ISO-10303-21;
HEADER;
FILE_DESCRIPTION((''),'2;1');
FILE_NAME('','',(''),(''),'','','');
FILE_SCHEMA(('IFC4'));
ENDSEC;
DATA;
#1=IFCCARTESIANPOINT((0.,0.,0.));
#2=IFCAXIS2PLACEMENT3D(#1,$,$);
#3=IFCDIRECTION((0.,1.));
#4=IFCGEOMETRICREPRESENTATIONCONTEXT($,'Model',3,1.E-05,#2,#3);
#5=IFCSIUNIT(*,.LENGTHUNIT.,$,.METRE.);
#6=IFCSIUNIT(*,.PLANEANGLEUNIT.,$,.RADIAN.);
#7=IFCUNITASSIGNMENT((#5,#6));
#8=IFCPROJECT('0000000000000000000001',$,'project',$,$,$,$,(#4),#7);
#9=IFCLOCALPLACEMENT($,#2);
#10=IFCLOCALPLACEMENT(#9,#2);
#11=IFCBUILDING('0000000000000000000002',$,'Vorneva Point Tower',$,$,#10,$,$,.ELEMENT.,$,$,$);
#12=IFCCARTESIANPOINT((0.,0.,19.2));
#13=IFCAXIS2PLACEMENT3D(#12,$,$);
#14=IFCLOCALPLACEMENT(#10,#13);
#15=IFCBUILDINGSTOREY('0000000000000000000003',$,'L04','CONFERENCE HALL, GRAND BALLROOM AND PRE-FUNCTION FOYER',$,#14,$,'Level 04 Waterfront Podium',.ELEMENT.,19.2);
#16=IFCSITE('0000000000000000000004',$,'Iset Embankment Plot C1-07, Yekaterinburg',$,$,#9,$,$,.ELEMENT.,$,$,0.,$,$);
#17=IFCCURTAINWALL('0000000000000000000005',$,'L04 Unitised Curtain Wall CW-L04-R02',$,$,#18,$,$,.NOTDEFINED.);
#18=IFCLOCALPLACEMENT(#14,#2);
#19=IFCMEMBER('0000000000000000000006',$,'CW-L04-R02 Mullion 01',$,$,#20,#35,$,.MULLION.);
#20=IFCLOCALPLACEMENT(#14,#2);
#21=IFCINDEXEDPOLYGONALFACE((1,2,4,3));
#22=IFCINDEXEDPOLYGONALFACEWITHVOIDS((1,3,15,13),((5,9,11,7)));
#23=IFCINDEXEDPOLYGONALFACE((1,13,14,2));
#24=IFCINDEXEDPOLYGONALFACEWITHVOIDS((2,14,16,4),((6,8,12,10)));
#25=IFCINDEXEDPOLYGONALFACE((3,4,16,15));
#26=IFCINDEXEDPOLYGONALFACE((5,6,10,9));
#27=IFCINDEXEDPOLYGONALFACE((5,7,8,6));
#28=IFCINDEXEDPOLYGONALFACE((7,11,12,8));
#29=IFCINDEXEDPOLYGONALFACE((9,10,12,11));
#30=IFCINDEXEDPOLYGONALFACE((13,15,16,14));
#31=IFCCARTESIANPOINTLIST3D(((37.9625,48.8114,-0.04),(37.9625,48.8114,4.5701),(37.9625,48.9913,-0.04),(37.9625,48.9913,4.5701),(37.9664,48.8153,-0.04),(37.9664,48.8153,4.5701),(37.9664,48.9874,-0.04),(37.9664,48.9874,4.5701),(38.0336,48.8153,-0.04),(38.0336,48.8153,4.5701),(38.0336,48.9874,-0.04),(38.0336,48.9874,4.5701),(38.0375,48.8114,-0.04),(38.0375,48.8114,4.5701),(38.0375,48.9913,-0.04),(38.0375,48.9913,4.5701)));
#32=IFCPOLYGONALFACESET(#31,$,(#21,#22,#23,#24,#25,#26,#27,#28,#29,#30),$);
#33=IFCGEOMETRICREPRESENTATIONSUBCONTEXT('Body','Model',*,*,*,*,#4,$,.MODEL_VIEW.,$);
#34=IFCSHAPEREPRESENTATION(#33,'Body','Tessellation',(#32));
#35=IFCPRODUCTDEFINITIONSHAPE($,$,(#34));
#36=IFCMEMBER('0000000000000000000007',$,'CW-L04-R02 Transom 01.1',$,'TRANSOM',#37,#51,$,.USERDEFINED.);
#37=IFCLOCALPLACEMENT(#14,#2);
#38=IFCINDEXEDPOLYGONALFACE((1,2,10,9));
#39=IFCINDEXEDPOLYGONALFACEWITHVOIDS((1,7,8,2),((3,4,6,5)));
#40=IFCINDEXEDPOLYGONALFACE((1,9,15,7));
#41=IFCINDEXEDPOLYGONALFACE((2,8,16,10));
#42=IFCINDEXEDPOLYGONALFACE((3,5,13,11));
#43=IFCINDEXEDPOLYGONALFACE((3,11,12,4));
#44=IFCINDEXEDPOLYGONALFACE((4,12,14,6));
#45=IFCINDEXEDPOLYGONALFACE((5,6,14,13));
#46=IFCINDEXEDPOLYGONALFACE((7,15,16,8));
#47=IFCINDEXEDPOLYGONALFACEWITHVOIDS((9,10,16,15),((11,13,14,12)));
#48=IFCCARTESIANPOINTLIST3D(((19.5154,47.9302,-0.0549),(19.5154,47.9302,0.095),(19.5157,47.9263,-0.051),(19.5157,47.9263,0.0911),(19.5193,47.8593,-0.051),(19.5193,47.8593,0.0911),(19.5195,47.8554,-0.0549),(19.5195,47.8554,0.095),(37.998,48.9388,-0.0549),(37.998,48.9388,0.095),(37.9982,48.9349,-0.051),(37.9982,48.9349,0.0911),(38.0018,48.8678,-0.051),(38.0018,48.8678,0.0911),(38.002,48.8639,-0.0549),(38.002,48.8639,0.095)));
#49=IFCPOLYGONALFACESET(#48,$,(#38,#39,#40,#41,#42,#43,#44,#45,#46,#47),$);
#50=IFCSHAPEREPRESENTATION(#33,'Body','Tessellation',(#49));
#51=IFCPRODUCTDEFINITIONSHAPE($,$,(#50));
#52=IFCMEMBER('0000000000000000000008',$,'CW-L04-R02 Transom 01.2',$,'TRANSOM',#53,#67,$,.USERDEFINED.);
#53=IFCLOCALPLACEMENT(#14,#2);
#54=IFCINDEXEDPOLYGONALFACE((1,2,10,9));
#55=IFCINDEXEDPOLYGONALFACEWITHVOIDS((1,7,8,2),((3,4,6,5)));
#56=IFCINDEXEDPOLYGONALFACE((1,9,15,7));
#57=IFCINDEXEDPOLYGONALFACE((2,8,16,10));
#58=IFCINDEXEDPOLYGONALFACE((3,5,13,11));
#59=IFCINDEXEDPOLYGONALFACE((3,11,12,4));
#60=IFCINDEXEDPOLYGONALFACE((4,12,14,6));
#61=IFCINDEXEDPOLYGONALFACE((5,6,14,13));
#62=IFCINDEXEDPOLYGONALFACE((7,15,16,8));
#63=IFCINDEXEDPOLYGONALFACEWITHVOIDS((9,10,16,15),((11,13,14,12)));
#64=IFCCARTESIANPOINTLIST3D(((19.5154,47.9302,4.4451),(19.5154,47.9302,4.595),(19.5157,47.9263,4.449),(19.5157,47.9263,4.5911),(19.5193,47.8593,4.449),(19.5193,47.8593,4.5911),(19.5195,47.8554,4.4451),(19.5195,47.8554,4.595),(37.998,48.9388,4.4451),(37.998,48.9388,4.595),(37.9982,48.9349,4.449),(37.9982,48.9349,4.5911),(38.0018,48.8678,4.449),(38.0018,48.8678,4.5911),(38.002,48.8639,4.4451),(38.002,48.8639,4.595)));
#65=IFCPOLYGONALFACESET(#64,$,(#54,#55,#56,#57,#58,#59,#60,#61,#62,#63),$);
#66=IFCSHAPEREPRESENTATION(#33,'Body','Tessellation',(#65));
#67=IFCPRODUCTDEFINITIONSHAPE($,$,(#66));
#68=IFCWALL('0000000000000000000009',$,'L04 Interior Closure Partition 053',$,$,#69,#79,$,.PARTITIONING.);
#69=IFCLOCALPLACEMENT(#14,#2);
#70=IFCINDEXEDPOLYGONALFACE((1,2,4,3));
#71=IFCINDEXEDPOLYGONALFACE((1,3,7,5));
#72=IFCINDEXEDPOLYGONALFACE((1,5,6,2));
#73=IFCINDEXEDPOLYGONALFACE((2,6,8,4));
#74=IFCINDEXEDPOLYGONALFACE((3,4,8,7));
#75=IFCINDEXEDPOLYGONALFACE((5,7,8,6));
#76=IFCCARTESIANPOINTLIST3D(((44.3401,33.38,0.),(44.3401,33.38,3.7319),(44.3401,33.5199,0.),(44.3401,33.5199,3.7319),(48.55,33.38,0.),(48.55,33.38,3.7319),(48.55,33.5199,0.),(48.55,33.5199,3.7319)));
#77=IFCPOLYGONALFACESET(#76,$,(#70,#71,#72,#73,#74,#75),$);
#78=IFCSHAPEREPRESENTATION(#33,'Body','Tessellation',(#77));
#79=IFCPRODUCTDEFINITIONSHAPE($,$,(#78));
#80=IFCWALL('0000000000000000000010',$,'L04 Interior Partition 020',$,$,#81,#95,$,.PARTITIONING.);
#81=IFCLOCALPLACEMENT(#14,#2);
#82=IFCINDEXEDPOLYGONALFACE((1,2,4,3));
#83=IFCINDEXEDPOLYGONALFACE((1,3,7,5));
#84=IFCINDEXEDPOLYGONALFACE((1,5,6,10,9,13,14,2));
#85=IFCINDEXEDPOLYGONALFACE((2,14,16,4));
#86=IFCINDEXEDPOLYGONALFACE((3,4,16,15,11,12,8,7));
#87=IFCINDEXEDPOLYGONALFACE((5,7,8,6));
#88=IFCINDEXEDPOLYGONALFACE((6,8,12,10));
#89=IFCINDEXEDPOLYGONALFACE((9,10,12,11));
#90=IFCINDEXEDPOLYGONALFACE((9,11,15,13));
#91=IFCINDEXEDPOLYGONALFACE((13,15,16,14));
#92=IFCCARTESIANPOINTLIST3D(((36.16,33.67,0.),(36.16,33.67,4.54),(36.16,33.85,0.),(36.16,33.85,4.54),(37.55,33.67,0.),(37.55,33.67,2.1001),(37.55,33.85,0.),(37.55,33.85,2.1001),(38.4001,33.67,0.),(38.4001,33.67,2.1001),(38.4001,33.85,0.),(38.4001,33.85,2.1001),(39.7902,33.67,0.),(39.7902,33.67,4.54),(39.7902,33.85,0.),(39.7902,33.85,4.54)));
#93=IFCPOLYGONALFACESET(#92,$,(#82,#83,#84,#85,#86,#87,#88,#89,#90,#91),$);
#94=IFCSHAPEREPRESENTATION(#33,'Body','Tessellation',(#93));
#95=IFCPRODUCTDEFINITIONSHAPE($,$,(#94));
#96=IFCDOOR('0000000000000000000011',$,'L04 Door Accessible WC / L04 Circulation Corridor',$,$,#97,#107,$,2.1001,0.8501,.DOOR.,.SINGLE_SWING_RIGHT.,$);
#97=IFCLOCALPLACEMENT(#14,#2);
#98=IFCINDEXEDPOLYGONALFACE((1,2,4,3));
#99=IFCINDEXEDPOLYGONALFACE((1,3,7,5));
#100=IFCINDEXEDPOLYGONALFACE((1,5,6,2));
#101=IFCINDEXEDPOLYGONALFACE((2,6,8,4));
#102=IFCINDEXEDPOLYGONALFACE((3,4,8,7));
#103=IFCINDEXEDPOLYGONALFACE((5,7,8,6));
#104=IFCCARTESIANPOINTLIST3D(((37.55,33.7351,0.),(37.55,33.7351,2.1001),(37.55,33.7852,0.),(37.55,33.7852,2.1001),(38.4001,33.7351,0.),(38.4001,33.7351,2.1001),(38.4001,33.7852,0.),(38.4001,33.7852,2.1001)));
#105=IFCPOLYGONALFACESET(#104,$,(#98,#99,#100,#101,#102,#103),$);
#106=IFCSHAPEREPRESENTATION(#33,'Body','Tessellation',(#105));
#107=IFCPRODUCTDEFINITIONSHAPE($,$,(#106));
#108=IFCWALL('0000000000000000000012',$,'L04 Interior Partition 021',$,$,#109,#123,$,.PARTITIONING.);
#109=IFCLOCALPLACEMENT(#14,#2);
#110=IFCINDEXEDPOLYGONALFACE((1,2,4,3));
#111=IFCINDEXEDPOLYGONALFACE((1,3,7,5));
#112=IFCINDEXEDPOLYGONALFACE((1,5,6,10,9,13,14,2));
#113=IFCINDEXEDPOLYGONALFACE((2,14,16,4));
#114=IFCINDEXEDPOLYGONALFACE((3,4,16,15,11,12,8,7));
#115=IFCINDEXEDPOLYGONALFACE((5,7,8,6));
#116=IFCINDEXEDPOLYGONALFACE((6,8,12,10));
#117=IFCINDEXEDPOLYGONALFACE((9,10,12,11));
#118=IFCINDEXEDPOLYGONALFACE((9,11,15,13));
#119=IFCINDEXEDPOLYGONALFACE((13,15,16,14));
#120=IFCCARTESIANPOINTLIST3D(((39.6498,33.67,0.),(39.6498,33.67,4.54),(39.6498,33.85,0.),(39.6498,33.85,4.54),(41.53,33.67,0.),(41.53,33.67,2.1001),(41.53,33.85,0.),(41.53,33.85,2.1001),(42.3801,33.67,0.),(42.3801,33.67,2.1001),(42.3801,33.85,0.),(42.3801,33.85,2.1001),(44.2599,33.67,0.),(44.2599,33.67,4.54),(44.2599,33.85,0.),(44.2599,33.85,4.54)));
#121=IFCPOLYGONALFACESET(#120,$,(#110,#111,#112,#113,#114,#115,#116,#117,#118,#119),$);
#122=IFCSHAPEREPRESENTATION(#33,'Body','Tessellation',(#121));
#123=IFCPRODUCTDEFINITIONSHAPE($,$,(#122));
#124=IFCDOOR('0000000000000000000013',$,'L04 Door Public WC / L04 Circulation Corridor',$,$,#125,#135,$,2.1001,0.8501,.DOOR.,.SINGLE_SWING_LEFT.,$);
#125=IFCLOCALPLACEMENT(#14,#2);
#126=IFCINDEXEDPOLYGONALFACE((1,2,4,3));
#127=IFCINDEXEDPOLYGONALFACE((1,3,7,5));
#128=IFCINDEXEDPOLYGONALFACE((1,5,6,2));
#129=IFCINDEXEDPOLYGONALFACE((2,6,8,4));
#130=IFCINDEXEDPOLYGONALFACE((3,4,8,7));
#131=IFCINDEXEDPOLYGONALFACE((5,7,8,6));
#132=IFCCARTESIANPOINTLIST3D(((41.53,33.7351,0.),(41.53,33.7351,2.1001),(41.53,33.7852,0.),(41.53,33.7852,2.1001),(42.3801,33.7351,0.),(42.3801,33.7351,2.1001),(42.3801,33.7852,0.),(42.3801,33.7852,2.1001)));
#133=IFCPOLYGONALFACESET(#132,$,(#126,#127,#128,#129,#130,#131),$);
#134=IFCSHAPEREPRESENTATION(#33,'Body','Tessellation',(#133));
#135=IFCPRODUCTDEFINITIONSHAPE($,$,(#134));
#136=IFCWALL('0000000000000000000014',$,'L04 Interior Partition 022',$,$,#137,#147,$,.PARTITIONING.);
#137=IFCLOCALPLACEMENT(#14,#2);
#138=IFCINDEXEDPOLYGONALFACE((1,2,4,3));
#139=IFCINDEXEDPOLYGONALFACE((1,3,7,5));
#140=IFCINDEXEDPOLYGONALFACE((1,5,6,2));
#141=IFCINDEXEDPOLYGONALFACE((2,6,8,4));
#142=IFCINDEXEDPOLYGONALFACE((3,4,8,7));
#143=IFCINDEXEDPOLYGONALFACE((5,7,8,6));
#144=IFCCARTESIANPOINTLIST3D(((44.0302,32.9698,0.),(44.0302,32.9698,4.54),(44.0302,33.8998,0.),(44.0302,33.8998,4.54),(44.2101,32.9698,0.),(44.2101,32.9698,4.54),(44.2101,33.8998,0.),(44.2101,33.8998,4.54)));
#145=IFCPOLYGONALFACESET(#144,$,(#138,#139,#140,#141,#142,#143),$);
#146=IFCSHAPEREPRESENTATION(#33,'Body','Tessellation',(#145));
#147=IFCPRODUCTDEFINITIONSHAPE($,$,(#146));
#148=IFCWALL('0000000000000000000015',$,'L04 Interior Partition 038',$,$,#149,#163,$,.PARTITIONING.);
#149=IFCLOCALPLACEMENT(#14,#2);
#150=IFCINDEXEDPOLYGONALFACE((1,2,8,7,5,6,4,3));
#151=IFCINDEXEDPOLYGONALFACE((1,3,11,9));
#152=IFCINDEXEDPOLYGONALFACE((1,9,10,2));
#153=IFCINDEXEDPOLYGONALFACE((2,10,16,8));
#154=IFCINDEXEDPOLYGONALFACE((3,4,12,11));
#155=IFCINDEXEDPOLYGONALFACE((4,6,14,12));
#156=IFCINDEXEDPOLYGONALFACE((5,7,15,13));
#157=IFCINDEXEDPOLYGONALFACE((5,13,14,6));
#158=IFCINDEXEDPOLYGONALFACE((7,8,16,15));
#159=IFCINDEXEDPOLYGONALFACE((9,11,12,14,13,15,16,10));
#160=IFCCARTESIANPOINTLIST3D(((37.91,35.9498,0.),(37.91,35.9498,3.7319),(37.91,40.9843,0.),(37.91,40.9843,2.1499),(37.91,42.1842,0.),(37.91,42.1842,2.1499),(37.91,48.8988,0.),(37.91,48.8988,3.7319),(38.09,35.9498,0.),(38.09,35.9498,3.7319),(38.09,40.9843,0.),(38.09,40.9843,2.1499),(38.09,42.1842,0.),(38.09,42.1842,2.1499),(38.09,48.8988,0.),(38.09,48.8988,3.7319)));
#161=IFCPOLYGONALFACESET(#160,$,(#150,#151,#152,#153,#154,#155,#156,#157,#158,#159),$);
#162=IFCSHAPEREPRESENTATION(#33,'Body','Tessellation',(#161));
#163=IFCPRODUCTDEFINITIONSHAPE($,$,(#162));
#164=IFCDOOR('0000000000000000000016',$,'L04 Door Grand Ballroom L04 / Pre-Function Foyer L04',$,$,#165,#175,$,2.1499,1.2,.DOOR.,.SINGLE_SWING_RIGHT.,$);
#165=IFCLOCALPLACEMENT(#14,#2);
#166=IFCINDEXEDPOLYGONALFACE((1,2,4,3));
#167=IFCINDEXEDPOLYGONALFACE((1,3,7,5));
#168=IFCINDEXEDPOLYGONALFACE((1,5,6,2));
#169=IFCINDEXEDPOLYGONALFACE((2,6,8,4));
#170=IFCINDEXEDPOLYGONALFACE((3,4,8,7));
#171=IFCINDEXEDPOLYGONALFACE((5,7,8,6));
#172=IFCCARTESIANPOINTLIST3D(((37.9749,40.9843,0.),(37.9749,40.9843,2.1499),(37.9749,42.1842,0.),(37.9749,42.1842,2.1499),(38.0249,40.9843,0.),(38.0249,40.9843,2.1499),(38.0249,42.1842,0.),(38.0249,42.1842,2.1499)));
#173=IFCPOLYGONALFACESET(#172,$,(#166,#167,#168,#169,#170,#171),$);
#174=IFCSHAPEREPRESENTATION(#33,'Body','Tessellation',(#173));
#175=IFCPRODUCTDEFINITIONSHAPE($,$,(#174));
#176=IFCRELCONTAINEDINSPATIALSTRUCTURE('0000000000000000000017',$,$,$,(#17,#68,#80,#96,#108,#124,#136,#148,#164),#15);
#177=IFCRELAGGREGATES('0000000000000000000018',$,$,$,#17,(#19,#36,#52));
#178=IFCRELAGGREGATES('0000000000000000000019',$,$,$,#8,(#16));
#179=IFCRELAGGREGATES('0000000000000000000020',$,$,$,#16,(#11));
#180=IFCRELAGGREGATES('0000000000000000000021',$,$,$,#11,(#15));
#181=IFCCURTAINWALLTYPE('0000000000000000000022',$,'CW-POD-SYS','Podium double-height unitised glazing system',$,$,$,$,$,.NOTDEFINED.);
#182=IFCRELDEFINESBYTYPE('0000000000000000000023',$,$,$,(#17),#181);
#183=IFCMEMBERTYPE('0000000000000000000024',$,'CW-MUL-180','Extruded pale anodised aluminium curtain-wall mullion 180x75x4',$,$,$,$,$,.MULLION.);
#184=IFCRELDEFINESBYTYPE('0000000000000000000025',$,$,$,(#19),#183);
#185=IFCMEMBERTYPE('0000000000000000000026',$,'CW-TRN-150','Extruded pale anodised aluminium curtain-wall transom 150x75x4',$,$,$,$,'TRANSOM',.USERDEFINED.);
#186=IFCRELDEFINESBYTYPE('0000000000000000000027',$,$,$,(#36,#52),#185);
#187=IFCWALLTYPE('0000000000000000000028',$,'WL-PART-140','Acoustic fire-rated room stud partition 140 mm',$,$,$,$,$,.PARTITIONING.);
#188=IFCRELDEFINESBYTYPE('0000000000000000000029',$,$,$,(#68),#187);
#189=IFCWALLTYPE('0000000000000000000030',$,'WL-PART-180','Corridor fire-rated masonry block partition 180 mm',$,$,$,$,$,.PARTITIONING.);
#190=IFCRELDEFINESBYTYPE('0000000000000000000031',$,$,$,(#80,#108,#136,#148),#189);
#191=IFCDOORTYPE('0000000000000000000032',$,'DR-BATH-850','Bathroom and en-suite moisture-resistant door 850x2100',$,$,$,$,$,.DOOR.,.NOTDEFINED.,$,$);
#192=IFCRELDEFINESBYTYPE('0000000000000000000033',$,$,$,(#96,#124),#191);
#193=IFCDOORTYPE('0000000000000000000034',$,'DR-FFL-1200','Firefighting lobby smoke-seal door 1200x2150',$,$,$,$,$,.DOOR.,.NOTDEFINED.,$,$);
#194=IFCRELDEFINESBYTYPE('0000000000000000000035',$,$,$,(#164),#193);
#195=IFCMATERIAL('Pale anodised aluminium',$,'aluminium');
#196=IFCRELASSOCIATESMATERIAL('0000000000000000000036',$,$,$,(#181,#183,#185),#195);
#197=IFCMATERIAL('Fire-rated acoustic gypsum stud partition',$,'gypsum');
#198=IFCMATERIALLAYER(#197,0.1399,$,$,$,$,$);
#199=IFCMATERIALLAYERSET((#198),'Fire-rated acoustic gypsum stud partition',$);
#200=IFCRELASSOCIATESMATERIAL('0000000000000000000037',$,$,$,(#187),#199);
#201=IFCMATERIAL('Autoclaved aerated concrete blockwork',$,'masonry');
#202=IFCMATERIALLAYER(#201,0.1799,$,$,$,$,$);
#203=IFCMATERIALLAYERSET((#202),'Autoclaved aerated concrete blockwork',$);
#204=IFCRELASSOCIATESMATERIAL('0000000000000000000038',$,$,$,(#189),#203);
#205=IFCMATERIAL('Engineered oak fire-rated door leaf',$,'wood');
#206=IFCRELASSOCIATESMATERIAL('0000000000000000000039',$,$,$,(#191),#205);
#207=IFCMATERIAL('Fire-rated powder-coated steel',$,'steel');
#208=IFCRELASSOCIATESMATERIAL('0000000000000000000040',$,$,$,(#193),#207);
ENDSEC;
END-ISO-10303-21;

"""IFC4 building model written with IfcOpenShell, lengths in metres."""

from ifc_helpers import new_model, si_unit, direction, frame, frame_2d, origin, origin_2d, place, context, subcontext, project, spatial, rectangle, hollow_rectangle, extrude, material, layer, layer_set, material_profile, profile_set, type_object, element, fill, aggregate, save


model = new_model("IFC4")

# Units and contexts
model_context = context("Model", 3, precision=1e-05, world=origin(), true_north=direction((0.0, 1.0)))
body_context = subcontext(model_context, "Body", "Model", "MODEL_VIEW")
ifc_project = project(units=[si_unit("LENGTHUNIT", "METRE"), si_unit("PLANEANGLEUNIT", "RADIAN")], contexts=[model_context])

# Site, building, storey
site_placement = place(None, origin())
site = spatial("IfcSite", under=ifc_project, at=site_placement, Name="Iset Embankment Plot C1-07, Yekaterinburg", CompositionType="ELEMENT", RefElevation=0.0)
building_placement = place(site_placement, origin())
building = spatial("IfcBuilding", under=site, at=building_placement, Name="Vorneva Point Tower", CompositionType="ELEMENT")
storey_placement = place(building_placement, frame((0.0, 0.0, 19.2)))
storey = spatial("IfcBuildingStorey", under=building, at=storey_placement, Name="L04", Description="CONFERENCE HALL, GRAND BALLROOM AND PRE-FUNCTION FOYER", LongName="Level 04 Waterfront Podium", CompositionType="ELEMENT", Elevation=19.2)

# Curtain wall, members
ifc_material_1 = material(Name="Pale anodised aluminium", Category="aluminium")
curtain_wall_type = type_object("IfcCurtainWallType", Name="CW-POD-SYS", Description="Podium double-height unitised glazing system", PredefinedType="NOTDEFINED", material=ifc_material_1)
curtain_wall_placement = place(storey_placement, origin())
curtain_wall = element("IfcCurtainWall", 1, at=curtain_wall_placement, inside=storey, type_object=curtain_wall_type, Name="L04 Unitised Curtain Wall CW-L04-R02", PredefinedType="NOTDEFINED")
ifc_material_profile_1 = material_profile(ifc_material_1, hollow_rectangle(XDim=0.075, YDim=0.1799, WallThickness=0.0039, at=origin_2d()), Name="AL-MUL 180x75x4")
ifc_profile_set_1 = profile_set([ifc_material_profile_1], Name="Pale anodised aluminium")
member_type_1 = type_object("IfcMemberType", Name="CW-MUL-180", Description="Extruded pale anodised aluminium curtain-wall mullion 180x75x4", PredefinedType="MULLION", material=ifc_profile_set_1)
member_1_placement = place(storey_placement, frame((38.0, 48.9014, -0.04), z_axis=(0.0, 0.0, 1.0), x_axis=(1.0, 0.0, 0.0)))
member_1 = element("IfcMember", 2, at=member_1_placement, type_object=member_type_1, Name="CW-L04-R02 Mullion 01", PredefinedType="MULLION", context=body_context, shape_type="SweptSolid", body=[
    extrude(hollow_rectangle(XDim=0.075, YDim=0.1799, WallThickness=0.0039, at=origin_2d()), origin(), (0.0, 0.0, 1.0), 4.6101),
])
ifc_material_profile_2 = material_profile(ifc_material_1, hollow_rectangle(XDim=0.075, YDim=0.1499, WallThickness=0.0039, at=origin_2d()), Name="AL-TRN 150x75x4")
ifc_profile_set_2 = profile_set([ifc_material_profile_2], Name="Pale anodised aluminium")
member_type_2 = type_object("IfcMemberType", Name="CW-TRN-150", Description="Extruded pale anodised aluminium curtain-wall transom 150x75x4", ElementType="TRANSOM", PredefinedType="USERDEFINED", material=ifc_profile_set_2)
member_2_placement = place(storey_placement, frame((38.0, 48.9014, 0.02), z_axis=(-0.998514, -0.054487, 0.0), x_axis=(0.054487, -0.998514, 0.0)))
member_2 = element("IfcMember", 3, at=member_2_placement, type_object=member_type_2, Name="CW-L04-R02 Transom 01.1", ObjectType="TRANSOM", PredefinedType="USERDEFINED", context=body_context, shape_type="SweptSolid", body=[
    extrude(hollow_rectangle(XDim=0.075, YDim=0.1499, WallThickness=0.0039, at=origin_2d()), origin(), (0.0, 0.0, 1.0), 18.51),
])
member_3_placement = place(storey_placement, frame((38.0, 48.9014, 4.52), z_axis=(-0.998514, -0.054487, 0.0), x_axis=(0.054487, -0.998514, 0.0)))
member_3 = element("IfcMember", 4, at=member_3_placement, type_object=member_type_2, Name="CW-L04-R02 Transom 01.2", ObjectType="TRANSOM", PredefinedType="USERDEFINED", context=body_context, shape_type="SweptSolid", body=[
    extrude(hollow_rectangle(XDim=0.075, YDim=0.1499, WallThickness=0.0039, at=origin_2d()), origin(), (0.0, 0.0, 1.0), 18.51),
])
aggregate(curtain_wall, [member_1, member_2, member_3])

# Wall
ifc_material_2 = material(Name="Fire-rated acoustic gypsum stud partition", Category="gypsum")
ifc_layer_1 = layer(ifc_material_2, 0.1399)
ifc_layer_set_1 = layer_set([ifc_layer_1], Name="Fire-rated acoustic gypsum stud partition")
wall_type_1 = type_object("IfcWallType", Name="WL-PART-140", Description="Acoustic fire-rated room stud partition 140 mm", PredefinedType="PARTITIONING", material=ifc_layer_set_1)
wall_1_placement = place(storey_placement, frame((44.3401, 33.45, 0.0), z_axis=(0.0, 0.0, 1.0), x_axis=(1.0, 0.0, 0.0)))
element("IfcWall", 5, at=wall_1_placement, inside=storey, type_object=wall_type_1, Name="L04 Interior Closure Partition 053", PredefinedType="PARTITIONING", context=body_context, shape_type="SweptSolid", body=[
    extrude(rectangle(XDim=4.21, YDim=0.1399, at=frame_2d((2.105, 0.0))), origin(), (0.0, 0.0, 1.0), 3.7319),
])

# Walls, openings, doors
ifc_material_3 = material(Name="Autoclaved aerated concrete blockwork", Category="masonry")
ifc_layer_2 = layer(ifc_material_3, 0.1799)
ifc_layer_set_2 = layer_set([ifc_layer_2], Name="Autoclaved aerated concrete blockwork")
wall_type_2 = type_object("IfcWallType", Name="WL-PART-180", Description="Corridor fire-rated masonry block partition 180 mm", PredefinedType="PARTITIONING", material=ifc_layer_set_2)
wall_2_placement = place(storey_placement, frame((39.79, 33.76, 0.0), z_axis=(0.0, 0.0, 1.0), x_axis=(-1.0, 0.0, 0.0)))
wall_2 = element("IfcWall", 6, at=wall_2_placement, inside=storey, type_object=wall_type_2, Name="L04 Interior Partition 020", PredefinedType="PARTITIONING", context=body_context, shape_type="SweptSolid", body=[
    extrude(rectangle(XDim=3.6301, YDim=0.1799, at=frame_2d((1.8149, 0.0))), origin(), (0.0, 0.0, 1.0), 4.54),
])
opening_1_placement = place(wall_2_placement, frame((1.3899, 0.0, 0.0)))
opening_1 = element("IfcOpeningElement", 7, at=opening_1_placement, cuts=wall_2, PredefinedType="OPENING", context=body_context, shape_type="SweptSolid", body=[
    extrude(rectangle(XDim=0.8501, YDim=2.1001, at=frame_2d((0.425, 1.05))), frame((0.0, 0.105, 0.0), z_axis=(0.0, -1.0, 0.0), x_axis=(1.0, 0.0, 0.0)), (0.0, 0.0, 1.0), 0.2097),
])
ifc_material_4 = material(Name="Engineered oak fire-rated door leaf", Category="wood")
door_type_1 = type_object("IfcDoorType", Name="DR-BATH-850", Description="Bathroom and en-suite moisture-resistant door 850x2100", OperationType="NOTDEFINED", PredefinedType="DOOR", material=ifc_material_4)
door_1_placement = place(opening_1_placement, origin())
door_1 = element("IfcDoor", 8, at=door_1_placement, inside=storey, type_object=door_type_1, Name="L04 Door Accessible WC / L04 Circulation Corridor", OperationType="SINGLE_SWING_RIGHT", OverallHeight=2.1001, OverallWidth=0.8501, PredefinedType="DOOR", context=body_context, shape_type="SweptSolid", body=[
    extrude(rectangle(XDim=0.8501, YDim=2.1001, at=frame_2d((0.425, 1.05))), frame((0.0, 0.0249, 0.0), z_axis=(0.0, -1.0, 0.0), x_axis=(1.0, 0.0, 0.0)), (0.0, 0.0, 1.0), 0.05),
])
fill(opening_1, door_1)
wall_3_placement = place(storey_placement, frame((44.26, 33.76, 0.0), z_axis=(0.0, 0.0, 1.0), x_axis=(-1.0, 0.0, 0.0)))
wall_3 = element("IfcWall", 9, at=wall_3_placement, inside=storey, type_object=wall_type_2, Name="L04 Interior Partition 021", PredefinedType="PARTITIONING", context=body_context, shape_type="SweptSolid", body=[
    extrude(rectangle(XDim=4.6101, YDim=0.1799, at=frame_2d((2.3052, 0.0))), origin(), (0.0, 0.0, 1.0), 4.54),
])
opening_2_placement = place(wall_3_placement, frame((1.8799, 0.0, 0.0)))
opening_2 = element("IfcOpeningElement", 10, at=opening_2_placement, cuts=wall_3, PredefinedType="OPENING", context=body_context, shape_type="SweptSolid", body=[
    extrude(rectangle(XDim=0.8501, YDim=2.1001, at=frame_2d((0.425, 1.05))), frame((0.0, 0.105, 0.0), z_axis=(0.0, -1.0, 0.0), x_axis=(1.0, 0.0, 0.0)), (0.0, 0.0, 1.0), 0.2097),
])
door_2_placement = place(opening_2_placement, origin())
door_2 = element("IfcDoor", 11, at=door_2_placement, inside=storey, type_object=door_type_1, Name="L04 Door Public WC / L04 Circulation Corridor", OperationType="SINGLE_SWING_LEFT", OverallHeight=2.1001, OverallWidth=0.8501, PredefinedType="DOOR", context=body_context, shape_type="SweptSolid", body=[
    extrude(rectangle(XDim=0.8501, YDim=2.1001, at=frame_2d((0.425, 1.05))), frame((0.0, 0.0249, 0.0), z_axis=(0.0, -1.0, 0.0), x_axis=(1.0, 0.0, 0.0)), (0.0, 0.0, 1.0), 0.05),
])
fill(opening_2, door_2)

# Wall
wall_4_placement = place(storey_placement, frame((44.1201, 32.97, 0.0), z_axis=(0.0, 0.0, 1.0), x_axis=(0.0, 1.0, 0.0)))
element("IfcWall", 12, at=wall_4_placement, inside=storey, type_object=wall_type_2, Name="L04 Interior Partition 022", PredefinedType="PARTITIONING", context=body_context, shape_type="SweptSolid", body=[
    extrude(rectangle(XDim=0.9299, YDim=0.1799, at=frame_2d((0.4648, 0.0))), origin(), (0.0, 0.0, 1.0), 4.54),
])

# Wall, opening, door
wall_5_placement = place(storey_placement, frame((38.0, 48.8989, 0.0), z_axis=(0.0, 0.0, 1.0), x_axis=(0.0, -1.0, 0.0)))
wall_5 = element("IfcWall", 13, at=wall_5_placement, inside=storey, type_object=wall_type_2, Name="L04 Interior Partition 038", PredefinedType="PARTITIONING", context=body_context, shape_type="SweptSolid", body=[
    extrude(rectangle(XDim=12.949, YDim=0.1799, at=frame_2d((6.4746, 0.0))), origin(), (0.0, 0.0, 1.0), 3.7319),
])
opening_3_placement = place(wall_5_placement, frame((6.7146, 0.0, 0.0)))
opening_3 = element("IfcOpeningElement", 14, at=opening_3_placement, cuts=wall_5, PredefinedType="OPENING", context=body_context, shape_type="SweptSolid", body=[
    extrude(rectangle(XDim=1.2, YDim=2.1499, at=frame_2d((0.6001, 1.075))), frame((0.0, 0.105, 0.0), z_axis=(0.0, -1.0, 0.0), x_axis=(1.0, 0.0, 0.0)), (0.0, 0.0, 1.0), 0.2097),
])
ifc_material_5 = material(Name="Fire-rated powder-coated steel", Category="steel")
door_type_2 = type_object("IfcDoorType", Name="DR-FFL-1200", Description="Firefighting lobby smoke-seal door 1200x2150", OperationType="NOTDEFINED", PredefinedType="DOOR", material=ifc_material_5)
door_3_placement = place(opening_3_placement, origin())
door_3 = element("IfcDoor", 15, at=door_3_placement, inside=storey, type_object=door_type_2, Name="L04 Door Grand Ballroom L04 / Pre-Function Foyer L04", OperationType="SINGLE_SWING_RIGHT", OverallHeight=2.1499, OverallWidth=1.2, PredefinedType="DOOR", context=body_context, shape_type="SweptSolid", body=[
    extrude(rectangle(XDim=1.2, YDim=2.1499, at=frame_2d((0.6001, 1.075))), frame((0.0, 0.0249, 0.0), z_axis=(0.0, -1.0, 0.0), x_axis=(1.0, 0.0, 0.0)), (0.0, 0.0, 1.0), 0.05),
])
fill(opening_3, door_3)

save(model, "model.ifc")
